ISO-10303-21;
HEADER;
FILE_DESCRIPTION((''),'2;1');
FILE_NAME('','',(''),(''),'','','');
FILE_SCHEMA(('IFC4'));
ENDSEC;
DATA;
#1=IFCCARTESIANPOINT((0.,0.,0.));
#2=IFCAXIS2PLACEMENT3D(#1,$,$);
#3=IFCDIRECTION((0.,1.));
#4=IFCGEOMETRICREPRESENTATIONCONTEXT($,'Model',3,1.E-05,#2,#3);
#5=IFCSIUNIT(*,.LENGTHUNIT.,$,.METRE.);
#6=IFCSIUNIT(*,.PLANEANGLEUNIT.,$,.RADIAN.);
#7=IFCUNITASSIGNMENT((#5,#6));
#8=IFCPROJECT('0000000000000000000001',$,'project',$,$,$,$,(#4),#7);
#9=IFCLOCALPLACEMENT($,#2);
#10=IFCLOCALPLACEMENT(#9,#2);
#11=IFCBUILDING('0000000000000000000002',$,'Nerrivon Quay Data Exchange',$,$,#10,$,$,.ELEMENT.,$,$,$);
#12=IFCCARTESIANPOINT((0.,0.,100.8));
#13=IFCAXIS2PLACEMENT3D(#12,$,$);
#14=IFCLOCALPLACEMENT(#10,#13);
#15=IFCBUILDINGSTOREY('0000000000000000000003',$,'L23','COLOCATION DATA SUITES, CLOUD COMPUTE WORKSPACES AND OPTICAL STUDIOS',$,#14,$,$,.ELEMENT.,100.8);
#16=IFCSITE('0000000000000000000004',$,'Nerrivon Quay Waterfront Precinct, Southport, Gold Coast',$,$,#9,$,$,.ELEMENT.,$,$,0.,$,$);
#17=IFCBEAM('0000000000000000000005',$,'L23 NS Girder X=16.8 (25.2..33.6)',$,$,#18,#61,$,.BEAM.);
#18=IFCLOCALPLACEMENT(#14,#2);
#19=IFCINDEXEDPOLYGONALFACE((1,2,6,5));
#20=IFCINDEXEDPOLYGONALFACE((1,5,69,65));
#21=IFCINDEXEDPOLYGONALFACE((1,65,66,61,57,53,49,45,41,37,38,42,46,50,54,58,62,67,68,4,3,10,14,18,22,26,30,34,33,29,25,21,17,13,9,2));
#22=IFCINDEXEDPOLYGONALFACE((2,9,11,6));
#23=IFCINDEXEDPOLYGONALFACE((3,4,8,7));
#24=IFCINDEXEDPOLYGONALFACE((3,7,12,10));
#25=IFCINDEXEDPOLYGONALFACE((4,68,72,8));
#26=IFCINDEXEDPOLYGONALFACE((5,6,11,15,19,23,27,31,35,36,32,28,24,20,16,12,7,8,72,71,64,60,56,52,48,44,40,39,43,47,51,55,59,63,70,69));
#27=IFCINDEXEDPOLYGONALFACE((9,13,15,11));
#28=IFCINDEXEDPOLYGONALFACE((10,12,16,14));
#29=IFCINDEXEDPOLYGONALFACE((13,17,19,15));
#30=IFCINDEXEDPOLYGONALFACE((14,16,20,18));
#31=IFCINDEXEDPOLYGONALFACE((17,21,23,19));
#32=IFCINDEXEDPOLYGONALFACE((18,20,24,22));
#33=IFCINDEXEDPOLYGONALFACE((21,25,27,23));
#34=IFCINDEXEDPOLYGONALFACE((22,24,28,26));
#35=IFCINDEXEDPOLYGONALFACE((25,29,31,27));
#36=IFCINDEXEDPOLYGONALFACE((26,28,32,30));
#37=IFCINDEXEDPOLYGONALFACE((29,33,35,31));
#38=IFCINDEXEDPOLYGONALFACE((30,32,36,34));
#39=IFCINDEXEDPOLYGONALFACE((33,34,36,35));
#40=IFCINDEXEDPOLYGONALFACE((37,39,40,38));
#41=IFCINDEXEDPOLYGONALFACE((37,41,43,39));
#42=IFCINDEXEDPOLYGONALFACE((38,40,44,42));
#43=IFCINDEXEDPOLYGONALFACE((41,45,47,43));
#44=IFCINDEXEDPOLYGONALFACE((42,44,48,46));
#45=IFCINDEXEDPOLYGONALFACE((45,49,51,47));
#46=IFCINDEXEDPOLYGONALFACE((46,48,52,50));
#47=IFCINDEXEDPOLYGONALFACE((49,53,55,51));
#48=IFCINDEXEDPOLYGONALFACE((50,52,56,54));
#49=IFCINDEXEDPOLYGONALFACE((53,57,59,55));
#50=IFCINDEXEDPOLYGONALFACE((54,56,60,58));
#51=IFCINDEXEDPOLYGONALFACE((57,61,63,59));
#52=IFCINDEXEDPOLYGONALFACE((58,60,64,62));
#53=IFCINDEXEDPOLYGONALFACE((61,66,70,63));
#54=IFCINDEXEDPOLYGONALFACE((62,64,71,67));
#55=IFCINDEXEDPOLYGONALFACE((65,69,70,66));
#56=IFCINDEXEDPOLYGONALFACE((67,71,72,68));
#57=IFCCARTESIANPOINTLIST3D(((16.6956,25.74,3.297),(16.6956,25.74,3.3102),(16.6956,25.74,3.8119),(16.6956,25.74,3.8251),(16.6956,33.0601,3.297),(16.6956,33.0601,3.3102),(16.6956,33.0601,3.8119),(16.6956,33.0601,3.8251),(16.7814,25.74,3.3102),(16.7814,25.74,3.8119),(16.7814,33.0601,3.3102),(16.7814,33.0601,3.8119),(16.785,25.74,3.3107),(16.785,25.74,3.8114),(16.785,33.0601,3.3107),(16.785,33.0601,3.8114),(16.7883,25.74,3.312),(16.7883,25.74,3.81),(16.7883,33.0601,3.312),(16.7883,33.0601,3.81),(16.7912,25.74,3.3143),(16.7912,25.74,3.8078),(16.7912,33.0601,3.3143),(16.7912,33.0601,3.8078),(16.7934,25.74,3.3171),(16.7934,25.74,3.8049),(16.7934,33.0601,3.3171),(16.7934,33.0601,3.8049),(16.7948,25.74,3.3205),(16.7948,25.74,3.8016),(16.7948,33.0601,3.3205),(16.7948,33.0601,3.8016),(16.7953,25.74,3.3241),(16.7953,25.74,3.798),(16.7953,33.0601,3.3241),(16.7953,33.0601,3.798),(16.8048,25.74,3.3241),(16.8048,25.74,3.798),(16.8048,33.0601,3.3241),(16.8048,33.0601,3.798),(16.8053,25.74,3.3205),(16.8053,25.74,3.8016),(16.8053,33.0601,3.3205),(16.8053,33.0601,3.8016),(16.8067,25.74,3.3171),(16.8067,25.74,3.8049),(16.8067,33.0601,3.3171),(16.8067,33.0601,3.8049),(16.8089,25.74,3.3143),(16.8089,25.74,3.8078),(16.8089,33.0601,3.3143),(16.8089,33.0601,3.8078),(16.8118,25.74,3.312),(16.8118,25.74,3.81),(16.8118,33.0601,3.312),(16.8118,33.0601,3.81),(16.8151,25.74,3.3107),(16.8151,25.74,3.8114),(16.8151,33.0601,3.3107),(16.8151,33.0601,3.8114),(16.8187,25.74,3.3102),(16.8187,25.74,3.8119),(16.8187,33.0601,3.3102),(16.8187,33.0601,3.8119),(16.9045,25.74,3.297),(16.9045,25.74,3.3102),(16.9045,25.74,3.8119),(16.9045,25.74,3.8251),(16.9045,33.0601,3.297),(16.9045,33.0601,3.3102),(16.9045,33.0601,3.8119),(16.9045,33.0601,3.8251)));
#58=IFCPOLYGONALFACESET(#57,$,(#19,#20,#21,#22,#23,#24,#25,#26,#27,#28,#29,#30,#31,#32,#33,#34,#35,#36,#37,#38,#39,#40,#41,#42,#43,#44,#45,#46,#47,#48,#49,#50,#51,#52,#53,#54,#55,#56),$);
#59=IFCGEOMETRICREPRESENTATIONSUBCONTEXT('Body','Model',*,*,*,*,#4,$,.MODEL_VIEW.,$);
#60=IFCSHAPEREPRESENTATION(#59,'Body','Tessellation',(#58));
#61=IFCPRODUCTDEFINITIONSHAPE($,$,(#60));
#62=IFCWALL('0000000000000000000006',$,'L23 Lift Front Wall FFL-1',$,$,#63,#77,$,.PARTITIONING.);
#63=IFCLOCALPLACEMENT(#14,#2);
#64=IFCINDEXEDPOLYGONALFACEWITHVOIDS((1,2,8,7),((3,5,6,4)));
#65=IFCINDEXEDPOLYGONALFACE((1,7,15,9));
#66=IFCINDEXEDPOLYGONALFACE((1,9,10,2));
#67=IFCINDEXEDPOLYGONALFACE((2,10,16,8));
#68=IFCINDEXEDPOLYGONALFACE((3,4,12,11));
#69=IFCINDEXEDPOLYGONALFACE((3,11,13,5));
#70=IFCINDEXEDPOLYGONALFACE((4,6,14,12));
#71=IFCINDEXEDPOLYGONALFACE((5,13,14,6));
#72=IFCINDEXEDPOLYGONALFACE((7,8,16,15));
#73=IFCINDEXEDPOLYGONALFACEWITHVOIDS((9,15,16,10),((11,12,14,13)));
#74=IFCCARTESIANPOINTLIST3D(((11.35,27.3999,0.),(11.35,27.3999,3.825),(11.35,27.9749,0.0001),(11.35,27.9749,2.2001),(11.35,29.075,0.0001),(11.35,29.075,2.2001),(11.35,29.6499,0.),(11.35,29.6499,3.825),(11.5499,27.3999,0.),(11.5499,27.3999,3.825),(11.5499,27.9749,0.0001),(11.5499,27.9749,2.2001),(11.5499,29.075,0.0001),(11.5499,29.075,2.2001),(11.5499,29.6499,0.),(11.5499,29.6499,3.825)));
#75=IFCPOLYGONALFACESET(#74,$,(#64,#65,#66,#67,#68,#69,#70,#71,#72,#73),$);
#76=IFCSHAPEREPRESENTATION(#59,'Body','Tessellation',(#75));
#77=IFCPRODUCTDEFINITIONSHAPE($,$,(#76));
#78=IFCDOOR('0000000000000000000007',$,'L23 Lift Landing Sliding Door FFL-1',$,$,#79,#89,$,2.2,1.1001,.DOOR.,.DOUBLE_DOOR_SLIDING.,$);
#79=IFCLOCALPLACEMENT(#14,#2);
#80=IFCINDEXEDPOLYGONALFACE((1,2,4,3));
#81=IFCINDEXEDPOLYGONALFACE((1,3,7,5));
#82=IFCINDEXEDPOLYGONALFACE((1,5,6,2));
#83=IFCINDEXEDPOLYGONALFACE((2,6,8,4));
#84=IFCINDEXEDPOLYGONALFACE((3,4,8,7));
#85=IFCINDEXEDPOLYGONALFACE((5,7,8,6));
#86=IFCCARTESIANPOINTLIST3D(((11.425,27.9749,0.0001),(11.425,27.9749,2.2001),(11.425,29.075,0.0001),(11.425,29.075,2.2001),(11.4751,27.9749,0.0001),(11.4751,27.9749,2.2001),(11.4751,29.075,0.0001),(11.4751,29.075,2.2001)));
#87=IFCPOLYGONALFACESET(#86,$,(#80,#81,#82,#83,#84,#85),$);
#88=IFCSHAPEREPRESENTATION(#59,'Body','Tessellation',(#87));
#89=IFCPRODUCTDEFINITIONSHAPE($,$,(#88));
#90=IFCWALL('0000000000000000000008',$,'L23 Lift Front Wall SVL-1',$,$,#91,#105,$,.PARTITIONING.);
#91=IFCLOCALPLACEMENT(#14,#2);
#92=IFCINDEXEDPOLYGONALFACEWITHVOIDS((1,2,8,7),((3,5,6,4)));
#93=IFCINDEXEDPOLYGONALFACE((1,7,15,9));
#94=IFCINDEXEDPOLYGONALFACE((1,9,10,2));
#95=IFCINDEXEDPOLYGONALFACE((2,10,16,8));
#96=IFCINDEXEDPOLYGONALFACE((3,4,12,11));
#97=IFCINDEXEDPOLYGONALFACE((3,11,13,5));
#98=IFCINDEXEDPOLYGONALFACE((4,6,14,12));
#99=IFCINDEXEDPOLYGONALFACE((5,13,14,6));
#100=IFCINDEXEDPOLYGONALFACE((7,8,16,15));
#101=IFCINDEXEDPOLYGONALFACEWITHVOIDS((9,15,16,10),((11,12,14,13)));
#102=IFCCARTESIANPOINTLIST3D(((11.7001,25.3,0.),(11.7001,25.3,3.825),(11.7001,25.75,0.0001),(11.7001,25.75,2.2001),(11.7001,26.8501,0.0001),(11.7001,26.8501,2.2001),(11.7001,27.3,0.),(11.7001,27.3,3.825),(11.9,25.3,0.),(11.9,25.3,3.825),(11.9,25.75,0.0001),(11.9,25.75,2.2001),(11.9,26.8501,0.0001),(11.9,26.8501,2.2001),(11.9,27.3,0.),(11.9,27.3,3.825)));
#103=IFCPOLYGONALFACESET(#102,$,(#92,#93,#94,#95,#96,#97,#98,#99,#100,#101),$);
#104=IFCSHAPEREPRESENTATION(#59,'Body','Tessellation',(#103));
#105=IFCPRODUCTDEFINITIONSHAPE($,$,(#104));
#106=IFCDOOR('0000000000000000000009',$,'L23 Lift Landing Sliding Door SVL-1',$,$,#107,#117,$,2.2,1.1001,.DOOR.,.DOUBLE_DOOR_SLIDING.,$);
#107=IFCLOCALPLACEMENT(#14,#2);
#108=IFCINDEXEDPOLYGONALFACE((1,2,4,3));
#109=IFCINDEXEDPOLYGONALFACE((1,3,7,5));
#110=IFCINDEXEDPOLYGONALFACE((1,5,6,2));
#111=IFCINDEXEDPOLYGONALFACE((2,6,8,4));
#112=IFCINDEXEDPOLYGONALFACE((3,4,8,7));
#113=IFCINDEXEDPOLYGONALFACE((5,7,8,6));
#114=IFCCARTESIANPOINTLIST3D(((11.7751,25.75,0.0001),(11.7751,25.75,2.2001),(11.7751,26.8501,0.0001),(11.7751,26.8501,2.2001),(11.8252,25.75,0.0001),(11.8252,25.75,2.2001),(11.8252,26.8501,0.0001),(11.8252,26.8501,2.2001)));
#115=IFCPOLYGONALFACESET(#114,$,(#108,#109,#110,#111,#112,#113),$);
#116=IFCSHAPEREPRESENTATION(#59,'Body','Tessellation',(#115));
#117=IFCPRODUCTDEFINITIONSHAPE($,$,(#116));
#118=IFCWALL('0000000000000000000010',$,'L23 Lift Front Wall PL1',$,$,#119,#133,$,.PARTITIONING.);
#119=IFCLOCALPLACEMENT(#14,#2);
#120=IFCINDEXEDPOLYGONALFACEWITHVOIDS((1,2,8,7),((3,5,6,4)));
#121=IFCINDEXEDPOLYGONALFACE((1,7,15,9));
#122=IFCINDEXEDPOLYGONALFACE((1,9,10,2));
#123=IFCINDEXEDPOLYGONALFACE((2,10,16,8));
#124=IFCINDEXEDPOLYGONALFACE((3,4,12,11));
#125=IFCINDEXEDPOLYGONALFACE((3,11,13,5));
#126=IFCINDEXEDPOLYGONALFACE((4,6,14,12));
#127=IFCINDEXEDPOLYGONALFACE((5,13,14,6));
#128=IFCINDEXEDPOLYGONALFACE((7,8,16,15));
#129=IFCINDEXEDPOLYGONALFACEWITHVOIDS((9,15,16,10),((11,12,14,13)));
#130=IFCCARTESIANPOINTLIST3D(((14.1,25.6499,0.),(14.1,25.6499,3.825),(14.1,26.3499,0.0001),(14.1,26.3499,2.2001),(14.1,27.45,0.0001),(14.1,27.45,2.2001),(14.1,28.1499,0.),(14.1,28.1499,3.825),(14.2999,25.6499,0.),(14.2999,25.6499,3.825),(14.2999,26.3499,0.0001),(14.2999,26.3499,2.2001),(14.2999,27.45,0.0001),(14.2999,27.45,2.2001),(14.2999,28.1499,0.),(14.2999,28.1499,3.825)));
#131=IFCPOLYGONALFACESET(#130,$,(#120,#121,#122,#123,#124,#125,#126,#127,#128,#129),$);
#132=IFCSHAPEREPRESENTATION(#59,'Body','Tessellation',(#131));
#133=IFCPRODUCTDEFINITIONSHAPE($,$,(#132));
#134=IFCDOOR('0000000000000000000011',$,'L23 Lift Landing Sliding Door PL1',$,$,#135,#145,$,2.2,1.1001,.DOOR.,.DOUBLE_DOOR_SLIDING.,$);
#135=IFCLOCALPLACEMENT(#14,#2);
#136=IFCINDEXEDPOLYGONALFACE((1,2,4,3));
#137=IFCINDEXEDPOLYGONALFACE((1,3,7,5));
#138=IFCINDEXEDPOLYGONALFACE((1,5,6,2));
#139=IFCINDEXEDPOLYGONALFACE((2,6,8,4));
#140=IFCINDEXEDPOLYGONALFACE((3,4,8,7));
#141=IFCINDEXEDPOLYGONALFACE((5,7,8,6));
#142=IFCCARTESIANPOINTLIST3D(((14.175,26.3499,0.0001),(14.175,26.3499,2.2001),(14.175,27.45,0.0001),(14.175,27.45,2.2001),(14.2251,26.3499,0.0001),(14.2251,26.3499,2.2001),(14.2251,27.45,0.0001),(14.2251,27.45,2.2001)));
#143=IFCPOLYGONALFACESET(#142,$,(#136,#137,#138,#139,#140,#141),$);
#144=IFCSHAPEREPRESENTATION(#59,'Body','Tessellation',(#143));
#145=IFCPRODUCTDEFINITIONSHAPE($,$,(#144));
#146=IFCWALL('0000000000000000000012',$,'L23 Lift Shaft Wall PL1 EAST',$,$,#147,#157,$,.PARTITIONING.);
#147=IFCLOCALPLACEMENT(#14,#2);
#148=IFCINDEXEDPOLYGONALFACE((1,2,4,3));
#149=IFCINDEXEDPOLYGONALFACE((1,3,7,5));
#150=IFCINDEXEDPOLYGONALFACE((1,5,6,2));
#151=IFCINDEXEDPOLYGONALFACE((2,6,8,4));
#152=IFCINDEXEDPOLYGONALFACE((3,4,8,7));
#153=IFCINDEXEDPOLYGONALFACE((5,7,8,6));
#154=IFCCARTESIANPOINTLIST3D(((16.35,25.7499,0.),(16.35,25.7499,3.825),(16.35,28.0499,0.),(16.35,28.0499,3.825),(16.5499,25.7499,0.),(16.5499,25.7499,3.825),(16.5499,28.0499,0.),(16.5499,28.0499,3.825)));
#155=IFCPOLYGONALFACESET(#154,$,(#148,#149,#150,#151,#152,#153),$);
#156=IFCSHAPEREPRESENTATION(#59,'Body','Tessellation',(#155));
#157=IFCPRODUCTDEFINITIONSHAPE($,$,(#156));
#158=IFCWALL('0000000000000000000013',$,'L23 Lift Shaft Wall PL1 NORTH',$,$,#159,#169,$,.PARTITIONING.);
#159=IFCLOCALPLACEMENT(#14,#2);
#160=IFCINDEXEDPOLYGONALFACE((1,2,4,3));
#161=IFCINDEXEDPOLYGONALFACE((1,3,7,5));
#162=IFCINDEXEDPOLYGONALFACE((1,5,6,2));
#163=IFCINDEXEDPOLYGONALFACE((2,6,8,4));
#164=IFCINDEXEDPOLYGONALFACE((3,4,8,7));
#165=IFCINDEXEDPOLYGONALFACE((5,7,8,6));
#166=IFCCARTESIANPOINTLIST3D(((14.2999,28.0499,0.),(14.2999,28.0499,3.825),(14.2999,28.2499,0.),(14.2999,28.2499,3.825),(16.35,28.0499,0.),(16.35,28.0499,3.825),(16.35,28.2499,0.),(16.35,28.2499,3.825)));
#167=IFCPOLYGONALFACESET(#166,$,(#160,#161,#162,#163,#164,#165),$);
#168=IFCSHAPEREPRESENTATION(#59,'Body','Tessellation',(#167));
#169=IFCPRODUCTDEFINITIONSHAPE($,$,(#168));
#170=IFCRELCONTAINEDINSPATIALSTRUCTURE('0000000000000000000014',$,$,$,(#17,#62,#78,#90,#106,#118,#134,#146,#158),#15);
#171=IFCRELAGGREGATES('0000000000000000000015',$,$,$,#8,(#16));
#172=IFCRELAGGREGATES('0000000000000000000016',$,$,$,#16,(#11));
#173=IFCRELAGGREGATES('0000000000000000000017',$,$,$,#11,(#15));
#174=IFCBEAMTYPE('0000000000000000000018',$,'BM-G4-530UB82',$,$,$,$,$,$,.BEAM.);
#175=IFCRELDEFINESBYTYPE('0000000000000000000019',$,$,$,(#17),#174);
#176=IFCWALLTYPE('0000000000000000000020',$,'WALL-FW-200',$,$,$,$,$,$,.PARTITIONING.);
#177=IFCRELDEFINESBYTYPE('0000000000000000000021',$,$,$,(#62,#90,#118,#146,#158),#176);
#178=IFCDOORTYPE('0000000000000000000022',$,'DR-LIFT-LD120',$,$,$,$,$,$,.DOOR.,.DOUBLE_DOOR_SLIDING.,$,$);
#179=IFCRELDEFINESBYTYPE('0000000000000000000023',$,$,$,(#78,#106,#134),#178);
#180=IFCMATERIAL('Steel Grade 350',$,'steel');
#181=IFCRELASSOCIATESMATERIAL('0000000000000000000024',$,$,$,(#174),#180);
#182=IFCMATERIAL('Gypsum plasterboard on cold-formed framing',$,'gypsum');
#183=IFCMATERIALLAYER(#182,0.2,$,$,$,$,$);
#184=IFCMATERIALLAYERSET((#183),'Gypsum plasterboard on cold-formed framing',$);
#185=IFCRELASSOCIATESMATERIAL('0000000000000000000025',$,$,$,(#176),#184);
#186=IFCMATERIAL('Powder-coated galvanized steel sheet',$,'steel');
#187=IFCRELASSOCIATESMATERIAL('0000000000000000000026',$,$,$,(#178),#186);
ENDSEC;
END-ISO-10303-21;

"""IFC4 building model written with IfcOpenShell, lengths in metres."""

from ifc_helpers import new_model, si_unit, direction, frame, frame_2d, origin, origin_2d, place, context, subcontext, project, spatial, rectangle, i_section, extrude, material, layer, layer_set, material_profile, profile_set, type_object, element, fill, save


model = new_model("IFC4")

# Units and contexts
model_context = context("Model", 3, precision=1e-05, world=origin(), true_north=direction((0.0, 1.0)))
body_context = subcontext(model_context, "Body", "Model", "MODEL_VIEW")
ifc_project = project(units=[si_unit("LENGTHUNIT", "METRE"), si_unit("PLANEANGLEUNIT", "RADIAN")], contexts=[model_context])

# Site, building, storey
site_placement = place(None, origin())
site = spatial("IfcSite", under=ifc_project, at=site_placement, Name="Nerrivon Quay Waterfront Precinct, Southport, Gold Coast", CompositionType="ELEMENT", RefElevation=0.0)
building_placement = place(site_placement, origin())
building = spatial("IfcBuilding", under=site, at=building_placement, Name="Nerrivon Quay Data Exchange", CompositionType="ELEMENT")
storey_placement = place(building_placement, frame((0.0, 0.0, 100.8)))
storey = spatial("IfcBuildingStorey", under=building, at=storey_placement, Name="L23", Description="COLOCATION DATA SUITES, CLOUD COMPUTE WORKSPACES AND OPTICAL STUDIOS", CompositionType="ELEMENT", Elevation=100.8)

# Beam
ifc_material_1 = material(Name="Steel Grade 350", Category="steel")
ifc_material_profile = material_profile(ifc_material_1, i_section(OverallWidth=0.209, OverallDepth=0.5281, WebThickness=0.0095, FlangeThickness=0.0132, FilletRadius=0.0139, at=origin_2d()), Name="530UB82.0")
ifc_profile_set = profile_set([ifc_material_profile], Name="Steel Grade 350")
beam_type = type_object("IfcBeamType", Name="BM-G4-530UB82", PredefinedType="BEAM", material=ifc_profile_set)
beam_placement = place(storey_placement, frame((16.8, 25.74, 3.561), z_axis=(0.0, 1.0, 0.0), x_axis=(-1.0, 0.0, 0.0)))
element("IfcBeam", 1, at=beam_placement, inside=storey, type_object=beam_type, Name="L23 NS Girder X=16.8 (25.2..33.6)", PredefinedType="BEAM", context=body_context, shape_type="SweptSolid", body=[
    extrude(i_section(OverallWidth=0.209, OverallDepth=0.5281, WebThickness=0.0095, FlangeThickness=0.0132, FilletRadius=0.0139, at=origin_2d()), origin(), (0.0, 0.0, 1.0), 7.3201),
])

# Walls, openings, doors
ifc_material_2 = material(Name="Gypsum plasterboard on cold-formed framing", Category="gypsum")
ifc_layer_1 = layer(ifc_material_2, 0.2)
ifc_layer_set_1 = layer_set([ifc_layer_1], Name="Gypsum plasterboard on cold-formed framing")
wall_type_1 = type_object("IfcWallType", Name="WALL-FW-200", PredefinedType="PARTITIONING", material=ifc_layer_set_1)
wall_1_placement = place(storey_placement, frame((11.45, 27.3999, 0.0), z_axis=(0.0, 0.0, 1.0), x_axis=(0.0, 1.0, 0.0)))
wall_1 = element("IfcWall", 2, at=wall_1_placement, inside=storey, type_object=wall_type_1, Name="L23 Lift Front Wall FFL-1", PredefinedType="PARTITIONING", context=body_context, shape_type="SweptSolid", body=[
    extrude(rectangle(XDim=2.25, YDim=0.2, at=frame_2d((1.125, 0.0))), origin(), (0.0, 0.0, 1.0), 3.825),
])
opening_1_placement = place(wall_1_placement, frame((0.575, 0.0, 0.0)))
opening_1 = element("IfcOpeningElement", 3, at=opening_1_placement, cuts=wall_1, PredefinedType="OPENING", context=body_context, shape_type="SweptSolid", body=[
    extrude(rectangle(XDim=1.1001, YDim=2.2, at=frame_2d((0.55, 1.1001))), frame((0.0, 0.1099, 0.0), z_axis=(0.0, -1.0, 0.0), x_axis=(1.0, 0.0, 0.0)), (0.0, 0.0, 1.0), 0.22),
])
ifc_material_3 = material(Name="Powder-coated galvanized steel sheet", Category="steel")
door_type_1 = type_object("IfcDoorType", Name="DR-LIFT-LD120", OperationType="DOUBLE_DOOR_SLIDING", PredefinedType="DOOR", material=ifc_material_3)
door_1_placement = place(opening_1_placement, origin())
door_1 = element("IfcDoor", 4, at=door_1_placement, inside=storey, type_object=door_type_1, Name="L23 Lift Landing Sliding Door FFL-1", OperationType="DOUBLE_DOOR_SLIDING", OverallHeight=2.2, OverallWidth=1.1001, PredefinedType="DOOR", context=body_context, shape_type="SweptSolid", body=[
    extrude(rectangle(XDim=1.1001, YDim=2.2, at=frame_2d((0.55, 1.1001))), frame((0.0, 0.0249, 0.0), z_axis=(0.0, -1.0, 0.0), x_axis=(1.0, 0.0, 0.0)), (0.0, 0.0, 1.0), 0.05),
])
fill(opening_1, door_1)
wall_2_placement = place(storey_placement, frame((11.8, 25.3, 0.0), z_axis=(0.0, 0.0, 1.0), x_axis=(0.0, 1.0, 0.0)))
wall_2 = element("IfcWall", 5, at=wall_2_placement, inside=storey, type_object=wall_type_1, Name="L23 Lift Front Wall SVL-1", PredefinedType="PARTITIONING", context=body_context, shape_type="SweptSolid", body=[
    extrude(rectangle(XDim=2.0, YDim=0.2, at=frame_2d((1.0, 0.0))), origin(), (0.0, 0.0, 1.0), 3.825),
])
opening_2_placement = place(wall_2_placement, frame((0.45, 0.0, 0.0)))
opening_2 = element("IfcOpeningElement", 6, at=opening_2_placement, cuts=wall_2, PredefinedType="OPENING", context=body_context, shape_type="SweptSolid", body=[
    extrude(rectangle(XDim=1.1001, YDim=2.2, at=frame_2d((0.55, 1.1001))), frame((0.0, 0.1099, 0.0), z_axis=(0.0, -1.0, 0.0), x_axis=(1.0, 0.0, 0.0)), (0.0, 0.0, 1.0), 0.22),
])
door_2_placement = place(opening_2_placement, origin())
door_2 = element("IfcDoor", 7, at=door_2_placement, inside=storey, type_object=door_type_1, Name="L23 Lift Landing Sliding Door SVL-1", OperationType="DOUBLE_DOOR_SLIDING", OverallHeight=2.2, OverallWidth=1.1001, PredefinedType="DOOR", context=body_context, shape_type="SweptSolid", body=[
    extrude(rectangle(XDim=1.1001, YDim=2.2, at=frame_2d((0.55, 1.1001))), frame((0.0, 0.0249, 0.0), z_axis=(0.0, -1.0, 0.0), x_axis=(1.0, 0.0, 0.0)), (0.0, 0.0, 1.0), 0.05),
])
fill(opening_2, door_2)
wall_3_placement = place(storey_placement, frame((14.2, 25.6499, 0.0), z_axis=(0.0, 0.0, 1.0), x_axis=(0.0, 1.0, 0.0)))
wall_3 = element("IfcWall", 8, at=wall_3_placement, inside=storey, type_object=wall_type_1, Name="L23 Lift Front Wall PL1", PredefinedType="PARTITIONING", context=body_context, shape_type="SweptSolid", body=[
    extrude(rectangle(XDim=2.5, YDim=0.2, at=frame_2d((1.25, 0.0))), origin(), (0.0, 0.0, 1.0), 3.825),
])
opening_3_placement = place(wall_3_placement, frame((0.7, 0.0, 0.0)))
opening_3 = element("IfcOpeningElement", 9, at=opening_3_placement, cuts=wall_3, PredefinedType="OPENING", context=body_context, shape_type="SweptSolid", body=[
    extrude(rectangle(XDim=1.1001, YDim=2.2, at=frame_2d((0.55, 1.1001))), frame((0.0, 0.1099, 0.0), z_axis=(0.0, -1.0, 0.0), x_axis=(1.0, 0.0, 0.0)), (0.0, 0.0, 1.0), 0.22),
])
door_3_placement = place(opening_3_placement, origin())
door_3 = element("IfcDoor", 10, at=door_3_placement, inside=storey, type_object=door_type_1, Name="L23 Lift Landing Sliding Door PL1", OperationType="DOUBLE_DOOR_SLIDING", OverallHeight=2.2, OverallWidth=1.1001, PredefinedType="DOOR", context=body_context, shape_type="SweptSolid", body=[
    extrude(rectangle(XDim=1.1001, YDim=2.2, at=frame_2d((0.55, 1.1001))), frame((0.0, 0.0249, 0.0), z_axis=(0.0, -1.0, 0.0), x_axis=(1.0, 0.0, 0.0)), (0.0, 0.0, 1.0), 0.05),
])
fill(opening_3, door_3)

# Walls
wall_4_placement = place(storey_placement, frame((16.45, 25.75, 0.0), z_axis=(0.0, 0.0, 1.0), x_axis=(0.0, 1.0, 0.0)))
element("IfcWall", 11, at=wall_4_placement, inside=storey, type_object=wall_type_1, Name="L23 Lift Shaft Wall PL1 EAST", PredefinedType="PARTITIONING", context=body_context, shape_type="SweptSolid", body=[
    extrude(rectangle(XDim=2.3, YDim=0.2, at=frame_2d((1.1499, 0.0))), origin(), (0.0, 0.0, 1.0), 3.825),
])
wall_5_placement = place(storey_placement, frame((14.3, 28.1499, 0.0), z_axis=(0.0, 0.0, 1.0), x_axis=(1.0, 0.0, 0.0)))
element("IfcWall", 12, at=wall_5_placement, inside=storey, type_object=wall_type_1, Name="L23 Lift Shaft Wall PL1 NORTH", PredefinedType="PARTITIONING", context=body_context, shape_type="SweptSolid", body=[
    extrude(rectangle(XDim=2.05, YDim=0.2, at=frame_2d((1.0249, 0.0))), origin(), (0.0, 0.0, 1.0), 3.825),
])

save(model, "model.ifc")
